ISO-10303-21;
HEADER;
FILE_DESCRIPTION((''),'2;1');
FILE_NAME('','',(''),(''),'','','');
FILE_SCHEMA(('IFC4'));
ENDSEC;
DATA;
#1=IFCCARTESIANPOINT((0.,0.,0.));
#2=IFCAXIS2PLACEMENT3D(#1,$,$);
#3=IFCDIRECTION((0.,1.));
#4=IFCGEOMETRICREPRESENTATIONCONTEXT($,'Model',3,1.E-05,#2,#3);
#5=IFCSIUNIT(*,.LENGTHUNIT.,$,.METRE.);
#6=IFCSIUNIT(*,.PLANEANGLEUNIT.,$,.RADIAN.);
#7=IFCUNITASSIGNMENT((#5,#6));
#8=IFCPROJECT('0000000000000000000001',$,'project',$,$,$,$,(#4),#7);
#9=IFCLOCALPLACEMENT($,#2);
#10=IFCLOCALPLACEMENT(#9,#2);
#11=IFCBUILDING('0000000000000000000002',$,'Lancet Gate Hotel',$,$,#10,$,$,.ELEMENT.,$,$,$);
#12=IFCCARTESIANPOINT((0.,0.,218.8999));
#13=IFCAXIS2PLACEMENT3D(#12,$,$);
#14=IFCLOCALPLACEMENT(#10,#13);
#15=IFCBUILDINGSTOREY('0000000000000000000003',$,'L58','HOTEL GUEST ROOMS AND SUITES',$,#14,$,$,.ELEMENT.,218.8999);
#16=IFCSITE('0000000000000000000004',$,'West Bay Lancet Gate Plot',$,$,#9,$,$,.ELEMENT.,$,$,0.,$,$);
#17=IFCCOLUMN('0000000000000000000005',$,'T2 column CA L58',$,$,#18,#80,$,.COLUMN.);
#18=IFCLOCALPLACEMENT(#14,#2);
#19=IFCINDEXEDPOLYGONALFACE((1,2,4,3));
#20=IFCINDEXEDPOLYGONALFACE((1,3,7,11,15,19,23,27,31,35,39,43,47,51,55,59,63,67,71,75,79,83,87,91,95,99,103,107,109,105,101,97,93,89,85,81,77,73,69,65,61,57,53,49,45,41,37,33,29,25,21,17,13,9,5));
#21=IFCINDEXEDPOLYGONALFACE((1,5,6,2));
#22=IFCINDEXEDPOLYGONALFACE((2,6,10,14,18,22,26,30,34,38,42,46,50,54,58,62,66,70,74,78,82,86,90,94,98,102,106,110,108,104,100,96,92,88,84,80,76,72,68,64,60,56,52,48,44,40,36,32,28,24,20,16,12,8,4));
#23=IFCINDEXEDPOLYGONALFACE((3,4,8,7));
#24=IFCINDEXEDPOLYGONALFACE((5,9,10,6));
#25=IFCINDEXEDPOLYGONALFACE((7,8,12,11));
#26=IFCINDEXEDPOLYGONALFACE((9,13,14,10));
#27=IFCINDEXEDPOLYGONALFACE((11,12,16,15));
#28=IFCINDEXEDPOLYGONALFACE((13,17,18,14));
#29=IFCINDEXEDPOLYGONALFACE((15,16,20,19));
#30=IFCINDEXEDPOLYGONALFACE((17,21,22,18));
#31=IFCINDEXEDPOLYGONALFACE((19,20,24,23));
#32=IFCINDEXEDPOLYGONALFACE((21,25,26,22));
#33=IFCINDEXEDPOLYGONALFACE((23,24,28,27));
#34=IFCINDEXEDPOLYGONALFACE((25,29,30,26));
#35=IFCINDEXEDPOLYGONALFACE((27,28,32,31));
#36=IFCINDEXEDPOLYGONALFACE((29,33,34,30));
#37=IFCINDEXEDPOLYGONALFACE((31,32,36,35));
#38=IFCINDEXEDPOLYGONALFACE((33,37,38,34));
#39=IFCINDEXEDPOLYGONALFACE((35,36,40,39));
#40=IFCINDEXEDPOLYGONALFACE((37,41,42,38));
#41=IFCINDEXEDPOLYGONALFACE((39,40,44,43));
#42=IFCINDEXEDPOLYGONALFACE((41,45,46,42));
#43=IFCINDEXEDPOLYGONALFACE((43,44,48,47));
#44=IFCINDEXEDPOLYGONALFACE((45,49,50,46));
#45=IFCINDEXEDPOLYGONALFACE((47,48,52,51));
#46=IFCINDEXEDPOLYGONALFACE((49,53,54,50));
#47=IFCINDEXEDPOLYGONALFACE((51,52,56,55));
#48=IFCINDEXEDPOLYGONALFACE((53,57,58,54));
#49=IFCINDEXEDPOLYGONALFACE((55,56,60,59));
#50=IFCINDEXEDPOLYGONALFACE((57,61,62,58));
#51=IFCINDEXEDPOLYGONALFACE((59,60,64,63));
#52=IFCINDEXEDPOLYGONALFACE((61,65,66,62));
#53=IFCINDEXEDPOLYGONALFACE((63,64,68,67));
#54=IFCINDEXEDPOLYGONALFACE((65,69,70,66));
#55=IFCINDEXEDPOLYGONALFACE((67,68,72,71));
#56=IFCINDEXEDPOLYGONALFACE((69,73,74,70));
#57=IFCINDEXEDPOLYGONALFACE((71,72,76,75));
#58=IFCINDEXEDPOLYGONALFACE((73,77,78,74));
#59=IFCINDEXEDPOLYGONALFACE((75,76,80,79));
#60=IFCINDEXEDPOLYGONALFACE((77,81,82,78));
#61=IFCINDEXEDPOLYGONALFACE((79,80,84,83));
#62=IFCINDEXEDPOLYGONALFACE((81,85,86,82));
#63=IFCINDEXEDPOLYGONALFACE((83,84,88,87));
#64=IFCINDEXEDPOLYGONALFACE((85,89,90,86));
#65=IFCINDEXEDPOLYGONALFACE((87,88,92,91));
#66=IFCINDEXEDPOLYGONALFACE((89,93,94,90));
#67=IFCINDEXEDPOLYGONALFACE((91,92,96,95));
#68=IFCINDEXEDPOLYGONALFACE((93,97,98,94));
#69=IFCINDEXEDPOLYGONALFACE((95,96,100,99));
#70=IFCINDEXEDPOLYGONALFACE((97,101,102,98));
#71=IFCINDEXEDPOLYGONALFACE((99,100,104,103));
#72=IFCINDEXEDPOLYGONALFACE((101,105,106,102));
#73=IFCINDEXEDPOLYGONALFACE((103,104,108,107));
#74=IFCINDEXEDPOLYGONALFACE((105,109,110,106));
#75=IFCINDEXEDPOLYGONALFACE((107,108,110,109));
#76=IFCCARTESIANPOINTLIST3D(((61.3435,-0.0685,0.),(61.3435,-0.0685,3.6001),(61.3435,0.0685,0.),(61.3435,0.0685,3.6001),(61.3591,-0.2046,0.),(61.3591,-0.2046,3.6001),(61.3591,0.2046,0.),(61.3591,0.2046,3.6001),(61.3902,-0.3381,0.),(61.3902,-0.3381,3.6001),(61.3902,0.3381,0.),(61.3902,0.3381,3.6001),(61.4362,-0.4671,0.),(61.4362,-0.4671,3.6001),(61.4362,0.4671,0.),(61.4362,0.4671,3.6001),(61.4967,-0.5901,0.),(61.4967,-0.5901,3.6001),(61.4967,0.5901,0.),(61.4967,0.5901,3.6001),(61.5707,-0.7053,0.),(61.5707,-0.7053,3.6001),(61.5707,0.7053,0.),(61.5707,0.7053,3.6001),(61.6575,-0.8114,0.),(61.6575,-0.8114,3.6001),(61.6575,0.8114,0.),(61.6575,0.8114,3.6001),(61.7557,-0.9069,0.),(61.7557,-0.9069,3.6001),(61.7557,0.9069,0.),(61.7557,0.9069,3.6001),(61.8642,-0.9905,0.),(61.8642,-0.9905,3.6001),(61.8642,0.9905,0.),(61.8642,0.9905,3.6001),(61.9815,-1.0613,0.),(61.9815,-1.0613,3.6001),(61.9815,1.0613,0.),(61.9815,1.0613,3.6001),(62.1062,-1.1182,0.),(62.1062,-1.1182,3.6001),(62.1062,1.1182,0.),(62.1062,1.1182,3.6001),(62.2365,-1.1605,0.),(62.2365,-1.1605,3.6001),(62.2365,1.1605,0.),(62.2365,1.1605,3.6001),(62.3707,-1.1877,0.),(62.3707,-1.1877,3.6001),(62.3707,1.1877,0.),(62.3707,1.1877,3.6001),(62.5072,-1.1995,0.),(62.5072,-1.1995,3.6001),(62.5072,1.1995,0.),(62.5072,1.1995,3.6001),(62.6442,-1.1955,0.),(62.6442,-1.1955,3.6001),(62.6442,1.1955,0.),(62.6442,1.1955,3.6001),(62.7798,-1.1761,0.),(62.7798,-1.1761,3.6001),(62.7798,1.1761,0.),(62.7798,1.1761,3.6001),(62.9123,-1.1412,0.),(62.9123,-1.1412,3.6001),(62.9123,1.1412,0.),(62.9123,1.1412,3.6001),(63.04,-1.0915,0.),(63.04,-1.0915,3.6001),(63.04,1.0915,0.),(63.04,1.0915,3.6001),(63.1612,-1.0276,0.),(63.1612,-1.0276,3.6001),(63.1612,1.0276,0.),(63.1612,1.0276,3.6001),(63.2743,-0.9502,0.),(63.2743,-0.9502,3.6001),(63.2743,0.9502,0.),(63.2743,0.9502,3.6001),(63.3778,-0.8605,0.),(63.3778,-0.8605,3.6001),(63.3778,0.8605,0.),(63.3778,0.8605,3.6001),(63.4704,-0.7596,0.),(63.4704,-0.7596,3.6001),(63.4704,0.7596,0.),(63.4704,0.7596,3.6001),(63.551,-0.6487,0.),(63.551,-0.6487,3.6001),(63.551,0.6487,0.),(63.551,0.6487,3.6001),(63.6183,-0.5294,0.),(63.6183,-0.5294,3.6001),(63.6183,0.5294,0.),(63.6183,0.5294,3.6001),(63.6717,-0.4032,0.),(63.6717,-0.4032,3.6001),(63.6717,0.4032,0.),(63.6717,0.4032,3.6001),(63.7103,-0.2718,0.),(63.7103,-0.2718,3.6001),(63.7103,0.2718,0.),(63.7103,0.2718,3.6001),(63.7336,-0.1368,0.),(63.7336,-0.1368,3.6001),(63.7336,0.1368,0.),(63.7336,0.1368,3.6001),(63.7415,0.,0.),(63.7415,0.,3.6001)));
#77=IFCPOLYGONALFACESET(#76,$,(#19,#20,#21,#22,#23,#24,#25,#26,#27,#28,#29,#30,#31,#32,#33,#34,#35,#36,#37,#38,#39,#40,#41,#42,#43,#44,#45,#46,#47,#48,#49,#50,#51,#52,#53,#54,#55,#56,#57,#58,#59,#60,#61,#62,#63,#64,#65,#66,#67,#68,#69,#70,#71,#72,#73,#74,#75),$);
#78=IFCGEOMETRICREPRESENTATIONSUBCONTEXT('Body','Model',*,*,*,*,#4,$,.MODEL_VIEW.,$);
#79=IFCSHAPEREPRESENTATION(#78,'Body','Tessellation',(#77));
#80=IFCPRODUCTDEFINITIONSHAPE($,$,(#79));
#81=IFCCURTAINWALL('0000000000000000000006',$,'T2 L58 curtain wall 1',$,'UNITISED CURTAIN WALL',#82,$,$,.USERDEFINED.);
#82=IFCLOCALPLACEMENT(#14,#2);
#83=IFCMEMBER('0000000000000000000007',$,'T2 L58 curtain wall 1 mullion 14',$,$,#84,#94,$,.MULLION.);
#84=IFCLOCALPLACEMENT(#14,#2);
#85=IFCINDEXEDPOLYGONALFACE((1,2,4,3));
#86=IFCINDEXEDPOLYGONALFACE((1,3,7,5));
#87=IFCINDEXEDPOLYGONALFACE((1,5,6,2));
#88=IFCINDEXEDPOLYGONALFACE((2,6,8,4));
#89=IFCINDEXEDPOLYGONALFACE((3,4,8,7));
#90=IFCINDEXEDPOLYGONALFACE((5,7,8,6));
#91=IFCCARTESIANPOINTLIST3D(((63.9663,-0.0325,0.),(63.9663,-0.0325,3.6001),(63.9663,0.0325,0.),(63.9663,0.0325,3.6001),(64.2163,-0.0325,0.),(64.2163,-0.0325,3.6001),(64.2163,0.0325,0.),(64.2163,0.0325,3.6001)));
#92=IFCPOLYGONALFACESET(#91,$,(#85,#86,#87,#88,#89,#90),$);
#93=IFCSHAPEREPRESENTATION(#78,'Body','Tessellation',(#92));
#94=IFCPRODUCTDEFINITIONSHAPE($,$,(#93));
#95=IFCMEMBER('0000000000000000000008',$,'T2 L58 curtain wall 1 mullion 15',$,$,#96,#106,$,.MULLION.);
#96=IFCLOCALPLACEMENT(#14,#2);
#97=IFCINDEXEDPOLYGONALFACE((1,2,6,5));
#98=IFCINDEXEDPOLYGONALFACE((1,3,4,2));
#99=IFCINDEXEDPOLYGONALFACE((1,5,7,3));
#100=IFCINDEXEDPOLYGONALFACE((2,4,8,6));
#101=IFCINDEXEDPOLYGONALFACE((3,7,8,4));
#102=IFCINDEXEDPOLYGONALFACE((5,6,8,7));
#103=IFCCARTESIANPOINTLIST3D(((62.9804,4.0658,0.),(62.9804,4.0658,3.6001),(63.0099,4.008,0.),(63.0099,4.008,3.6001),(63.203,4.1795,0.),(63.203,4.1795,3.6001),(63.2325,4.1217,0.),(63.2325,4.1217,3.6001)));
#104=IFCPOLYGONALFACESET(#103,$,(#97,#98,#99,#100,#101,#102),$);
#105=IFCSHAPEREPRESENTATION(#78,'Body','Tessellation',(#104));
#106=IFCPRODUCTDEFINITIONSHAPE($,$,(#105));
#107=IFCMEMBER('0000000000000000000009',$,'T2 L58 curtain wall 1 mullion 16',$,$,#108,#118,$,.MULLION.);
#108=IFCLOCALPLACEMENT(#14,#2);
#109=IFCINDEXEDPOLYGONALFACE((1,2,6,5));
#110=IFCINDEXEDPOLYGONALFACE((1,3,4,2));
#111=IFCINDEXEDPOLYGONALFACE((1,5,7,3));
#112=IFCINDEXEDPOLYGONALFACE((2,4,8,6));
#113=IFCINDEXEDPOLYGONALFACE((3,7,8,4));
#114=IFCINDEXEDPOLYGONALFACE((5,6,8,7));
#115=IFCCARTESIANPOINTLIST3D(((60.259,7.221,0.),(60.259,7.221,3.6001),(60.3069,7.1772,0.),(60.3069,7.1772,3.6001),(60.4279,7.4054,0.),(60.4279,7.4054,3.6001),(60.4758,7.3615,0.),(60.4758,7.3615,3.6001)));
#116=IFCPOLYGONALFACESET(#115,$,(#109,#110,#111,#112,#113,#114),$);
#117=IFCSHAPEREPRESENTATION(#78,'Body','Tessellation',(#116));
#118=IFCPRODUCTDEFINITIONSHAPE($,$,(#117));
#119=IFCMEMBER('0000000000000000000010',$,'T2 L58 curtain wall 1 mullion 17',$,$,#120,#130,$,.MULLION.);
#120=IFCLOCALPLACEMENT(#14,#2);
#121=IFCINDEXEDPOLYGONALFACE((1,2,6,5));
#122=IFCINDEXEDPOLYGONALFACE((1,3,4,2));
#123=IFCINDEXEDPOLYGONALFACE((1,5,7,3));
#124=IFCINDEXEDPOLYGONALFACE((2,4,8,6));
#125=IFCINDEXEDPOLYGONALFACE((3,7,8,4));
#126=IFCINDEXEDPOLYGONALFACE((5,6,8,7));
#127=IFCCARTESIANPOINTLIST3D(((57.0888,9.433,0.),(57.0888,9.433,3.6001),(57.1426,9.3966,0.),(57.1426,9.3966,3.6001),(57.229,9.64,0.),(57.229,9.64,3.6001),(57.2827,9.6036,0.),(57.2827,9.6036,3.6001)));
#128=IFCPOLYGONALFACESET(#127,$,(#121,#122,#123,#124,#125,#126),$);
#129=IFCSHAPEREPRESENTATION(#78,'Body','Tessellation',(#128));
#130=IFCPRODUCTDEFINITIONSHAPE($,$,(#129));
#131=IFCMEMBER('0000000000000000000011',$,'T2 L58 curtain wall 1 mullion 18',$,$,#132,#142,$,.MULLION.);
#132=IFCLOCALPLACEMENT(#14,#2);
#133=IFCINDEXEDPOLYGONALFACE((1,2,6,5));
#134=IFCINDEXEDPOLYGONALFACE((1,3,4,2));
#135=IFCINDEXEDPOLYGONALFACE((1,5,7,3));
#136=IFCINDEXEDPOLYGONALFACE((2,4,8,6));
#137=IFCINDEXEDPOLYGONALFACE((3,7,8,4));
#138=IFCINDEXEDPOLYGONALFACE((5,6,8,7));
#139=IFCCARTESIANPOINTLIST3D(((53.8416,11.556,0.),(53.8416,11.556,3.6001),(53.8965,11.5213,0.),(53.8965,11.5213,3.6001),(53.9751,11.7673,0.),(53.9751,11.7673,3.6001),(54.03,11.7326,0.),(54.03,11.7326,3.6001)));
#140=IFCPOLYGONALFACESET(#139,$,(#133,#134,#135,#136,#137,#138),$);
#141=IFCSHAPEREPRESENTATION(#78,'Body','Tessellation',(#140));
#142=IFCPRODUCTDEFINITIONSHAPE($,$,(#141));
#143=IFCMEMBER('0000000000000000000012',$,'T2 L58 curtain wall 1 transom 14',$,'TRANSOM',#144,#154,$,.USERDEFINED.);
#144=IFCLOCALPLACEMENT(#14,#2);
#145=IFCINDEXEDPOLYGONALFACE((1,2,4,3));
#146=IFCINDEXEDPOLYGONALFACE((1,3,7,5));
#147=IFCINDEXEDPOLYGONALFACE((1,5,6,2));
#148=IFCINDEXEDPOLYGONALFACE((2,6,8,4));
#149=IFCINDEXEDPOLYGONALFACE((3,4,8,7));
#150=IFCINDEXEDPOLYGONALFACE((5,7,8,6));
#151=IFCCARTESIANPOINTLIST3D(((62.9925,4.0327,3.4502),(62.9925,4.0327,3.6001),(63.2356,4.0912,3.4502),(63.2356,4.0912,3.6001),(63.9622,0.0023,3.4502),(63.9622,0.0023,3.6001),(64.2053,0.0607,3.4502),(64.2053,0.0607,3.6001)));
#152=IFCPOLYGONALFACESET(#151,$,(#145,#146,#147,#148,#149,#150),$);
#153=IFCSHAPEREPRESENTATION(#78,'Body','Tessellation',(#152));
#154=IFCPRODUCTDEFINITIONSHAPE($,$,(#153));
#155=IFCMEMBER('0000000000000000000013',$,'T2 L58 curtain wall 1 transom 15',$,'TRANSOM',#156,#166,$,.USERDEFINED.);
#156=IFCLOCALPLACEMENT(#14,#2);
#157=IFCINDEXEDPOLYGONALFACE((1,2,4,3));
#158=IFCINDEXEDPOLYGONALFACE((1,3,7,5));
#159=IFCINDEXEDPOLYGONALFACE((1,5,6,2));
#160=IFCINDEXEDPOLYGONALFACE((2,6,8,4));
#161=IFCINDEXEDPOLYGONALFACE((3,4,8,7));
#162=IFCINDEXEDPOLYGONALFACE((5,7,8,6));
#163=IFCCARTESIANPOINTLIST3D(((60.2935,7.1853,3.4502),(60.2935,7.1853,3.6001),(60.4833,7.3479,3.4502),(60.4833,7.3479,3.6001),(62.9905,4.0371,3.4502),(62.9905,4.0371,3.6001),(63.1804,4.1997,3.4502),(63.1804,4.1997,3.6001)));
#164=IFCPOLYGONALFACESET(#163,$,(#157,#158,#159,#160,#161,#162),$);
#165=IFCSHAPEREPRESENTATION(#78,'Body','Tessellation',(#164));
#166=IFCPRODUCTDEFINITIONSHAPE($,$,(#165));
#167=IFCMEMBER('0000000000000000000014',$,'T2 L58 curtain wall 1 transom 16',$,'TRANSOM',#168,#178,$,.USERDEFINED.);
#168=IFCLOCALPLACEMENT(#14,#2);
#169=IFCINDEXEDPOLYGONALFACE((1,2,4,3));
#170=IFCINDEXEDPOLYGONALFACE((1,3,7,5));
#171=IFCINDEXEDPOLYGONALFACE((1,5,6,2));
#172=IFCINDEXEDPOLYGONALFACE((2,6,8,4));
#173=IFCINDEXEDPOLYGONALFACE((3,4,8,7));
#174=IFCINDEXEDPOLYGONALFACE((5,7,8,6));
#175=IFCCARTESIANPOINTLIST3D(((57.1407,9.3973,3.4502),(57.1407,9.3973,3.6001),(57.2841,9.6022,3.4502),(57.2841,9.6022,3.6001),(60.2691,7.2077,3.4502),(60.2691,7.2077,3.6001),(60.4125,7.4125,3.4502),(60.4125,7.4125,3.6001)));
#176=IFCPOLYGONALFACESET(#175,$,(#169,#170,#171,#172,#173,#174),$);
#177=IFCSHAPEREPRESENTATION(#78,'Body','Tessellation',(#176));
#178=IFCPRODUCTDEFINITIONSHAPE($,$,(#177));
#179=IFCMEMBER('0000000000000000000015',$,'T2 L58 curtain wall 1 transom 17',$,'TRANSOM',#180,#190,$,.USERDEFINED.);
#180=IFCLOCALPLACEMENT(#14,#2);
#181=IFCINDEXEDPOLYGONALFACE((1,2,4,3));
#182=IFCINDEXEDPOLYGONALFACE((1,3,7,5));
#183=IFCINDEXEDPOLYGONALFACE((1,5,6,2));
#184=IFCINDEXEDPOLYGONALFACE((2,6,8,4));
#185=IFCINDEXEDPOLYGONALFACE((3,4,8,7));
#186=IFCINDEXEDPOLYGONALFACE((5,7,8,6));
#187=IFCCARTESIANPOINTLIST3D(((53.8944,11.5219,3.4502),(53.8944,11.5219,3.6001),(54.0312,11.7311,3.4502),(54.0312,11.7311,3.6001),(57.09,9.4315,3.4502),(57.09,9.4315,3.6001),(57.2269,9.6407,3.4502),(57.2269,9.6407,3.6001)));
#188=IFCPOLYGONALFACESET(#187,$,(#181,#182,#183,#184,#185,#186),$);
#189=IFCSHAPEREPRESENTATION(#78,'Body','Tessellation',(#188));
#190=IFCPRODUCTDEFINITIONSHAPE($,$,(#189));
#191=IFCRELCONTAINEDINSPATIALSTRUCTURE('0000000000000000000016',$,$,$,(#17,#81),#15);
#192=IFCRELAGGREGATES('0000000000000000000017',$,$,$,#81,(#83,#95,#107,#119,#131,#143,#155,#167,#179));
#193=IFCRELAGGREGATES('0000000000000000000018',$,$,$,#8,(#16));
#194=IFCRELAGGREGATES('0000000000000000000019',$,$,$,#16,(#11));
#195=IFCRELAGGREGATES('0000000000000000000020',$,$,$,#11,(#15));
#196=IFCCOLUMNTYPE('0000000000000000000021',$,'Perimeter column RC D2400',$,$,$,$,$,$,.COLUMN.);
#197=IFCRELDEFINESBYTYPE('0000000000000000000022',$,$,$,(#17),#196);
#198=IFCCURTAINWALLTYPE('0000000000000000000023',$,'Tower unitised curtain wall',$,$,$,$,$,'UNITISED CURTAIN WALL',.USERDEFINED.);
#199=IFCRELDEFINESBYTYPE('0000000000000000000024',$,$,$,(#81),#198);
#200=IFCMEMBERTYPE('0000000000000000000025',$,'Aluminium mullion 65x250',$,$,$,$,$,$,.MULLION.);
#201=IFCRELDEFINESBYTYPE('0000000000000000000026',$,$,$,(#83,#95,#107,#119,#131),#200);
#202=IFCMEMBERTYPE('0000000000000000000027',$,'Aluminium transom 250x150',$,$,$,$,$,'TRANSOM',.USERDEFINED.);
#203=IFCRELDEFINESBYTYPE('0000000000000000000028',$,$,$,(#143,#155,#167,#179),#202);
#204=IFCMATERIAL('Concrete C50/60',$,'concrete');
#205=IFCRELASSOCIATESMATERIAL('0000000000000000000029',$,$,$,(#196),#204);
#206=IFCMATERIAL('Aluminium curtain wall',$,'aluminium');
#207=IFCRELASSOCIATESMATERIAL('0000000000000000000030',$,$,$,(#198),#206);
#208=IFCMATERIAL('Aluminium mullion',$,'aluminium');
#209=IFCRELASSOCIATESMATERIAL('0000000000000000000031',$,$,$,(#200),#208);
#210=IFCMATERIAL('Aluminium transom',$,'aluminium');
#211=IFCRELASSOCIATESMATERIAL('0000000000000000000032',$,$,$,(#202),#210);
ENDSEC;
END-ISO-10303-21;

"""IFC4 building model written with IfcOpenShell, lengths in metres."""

from ifc_helpers import new_model, si_unit, direction, frame, origin, origin_2d, place, context, subcontext, project, spatial, rectangle, circle, extrude, material, material_profile, profile_set, type_object, element, aggregate, save


model = new_model("IFC4")

# Units and contexts
model_context = context("Model", 3, precision=1e-05, world=origin(), true_north=direction((0.0, 1.0)))
body_context = subcontext(model_context, "Body", "Model", "MODEL_VIEW")
ifc_project = project(units=[si_unit("LENGTHUNIT", "METRE"), si_unit("PLANEANGLEUNIT", "RADIAN")], contexts=[model_context])

# Site, building, storey
site_placement = place(None, origin())
site = spatial("IfcSite", under=ifc_project, at=site_placement, Name="West Bay Lancet Gate Plot", CompositionType="ELEMENT", RefElevation=0.0)
building_placement = place(site_placement, origin())
building = spatial("IfcBuilding", under=site, at=building_placement, Name="Lancet Gate Hotel", CompositionType="ELEMENT")
storey_placement = place(building_placement, frame((0.0, 0.0, 218.8999)))
storey = spatial("IfcBuildingStorey", under=building, at=storey_placement, Name="L58", Description="HOTEL GUEST ROOMS AND SUITES", CompositionType="ELEMENT", Elevation=218.8999)

# Column
ifc_material_1 = material(Name="Concrete C50/60", Category="concrete")
ifc_material_profile_1 = material_profile(ifc_material_1, circle(Radius=1.2, at=origin_2d()), Name="RC D2400")
ifc_profile_set_1 = profile_set([ifc_material_profile_1], Name="Concrete C50/60")
column_type = type_object("IfcColumnType", Name="Perimeter column RC D2400", PredefinedType="COLUMN", material=ifc_profile_set_1)
column_placement = place(storey_placement, frame((62.5415, 0.0, 0.0), z_axis=(0.0, 0.0, 1.0), x_axis=(1.0, 0.0, 0.0)))
element("IfcColumn", 1, at=column_placement, inside=storey, type_object=column_type, Name="T2 column CA L58", PredefinedType="COLUMN", context=body_context, shape_type="SweptSolid", body=[
    extrude(circle(Radius=1.2, at=origin_2d()), origin(), (0.0, 0.0, 1.0), 3.6001),
])

# Curtain wall, members
ifc_material_2 = material(Name="Aluminium curtain wall", Category="aluminium")
curtain_wall_type = type_object("IfcCurtainWallType", Name="Tower unitised curtain wall", ElementType="UNITISED CURTAIN WALL", PredefinedType="USERDEFINED", material=ifc_material_2)
curtain_wall_placement = place(storey_placement, origin())
curtain_wall = element("IfcCurtainWall", 2, at=curtain_wall_placement, inside=storey, type_object=curtain_wall_type, Name="T2 L58 curtain wall 1", ObjectType="UNITISED CURTAIN WALL", PredefinedType="USERDEFINED")
ifc_material_3 = material(Name="Aluminium mullion", Category="aluminium")
ifc_material_profile_2 = material_profile(ifc_material_3, rectangle(XDim=0.0649, YDim=0.25, at=origin_2d()), Name="MULLION 65x250")
ifc_profile_set_2 = profile_set([ifc_material_profile_2], Name="Aluminium mullion")
member_type_1 = type_object("IfcMemberType", Name="Aluminium mullion 65x250", PredefinedType="MULLION", material=ifc_profile_set_2)
member_1_placement = place(storey_placement, frame((64.0913, 0.0, 0.0), z_axis=(0.0, 0.0, 1.0), x_axis=(0.0, 1.0, 0.0)))
member_1 = element("IfcMember", 3, at=member_1_placement, type_object=member_type_1, Name="T2 L58 curtain wall 1 mullion 14", PredefinedType="MULLION", context=body_context, shape_type="SweptSolid", body=[
    extrude(rectangle(XDim=0.0649, YDim=0.25, at=origin_2d()), origin(), (0.0, 0.0, 1.0), 3.6001),
])
member_2_placement = place(storey_placement, frame((63.1064, 4.0938, 0.0), z_axis=(0.0, 0.0, 1.0), x_axis=(-0.454853, 0.890567, 0.0)))
member_2 = element("IfcMember", 4, at=member_2_placement, type_object=member_type_1, Name="T2 L58 curtain wall 1 mullion 15", PredefinedType="MULLION", context=body_context, shape_type="SweptSolid", body=[
    extrude(rectangle(XDim=0.0649, YDim=0.25, at=origin_2d()), origin(), (0.0, 0.0, 1.0), 3.6001),
])
member_3_placement = place(storey_placement, frame((60.3674, 7.2913, 0.0), z_axis=(0.0, 0.0, 1.0), x_axis=(-0.737323, 0.67554, 0.0)))
member_3 = element("IfcMember", 5, at=member_3_placement, type_object=member_type_1, Name="T2 L58 curtain wall 1 mullion 16", PredefinedType="MULLION", context=body_context, shape_type="SweptSolid", body=[
    extrude(rectangle(XDim=0.0649, YDim=0.25, at=origin_2d()), origin(), (0.0, 0.0, 1.0), 3.6001),
])
member_4_placement = place(storey_placement, frame((57.1858, 9.5183, 0.0), z_axis=(0.0, 0.0, 1.0), x_axis=(-0.828155, 0.5605, 0.0)))
member_4 = element("IfcMember", 6, at=member_4_placement, type_object=member_type_1, Name="T2 L58 curtain wall 1 mullion 17", PredefinedType="MULLION", context=body_context, shape_type="SweptSolid", body=[
    extrude(rectangle(XDim=0.0649, YDim=0.25, at=origin_2d()), origin(), (0.0, 0.0, 1.0), 3.6001),
])
member_5_placement = place(storey_placement, frame((53.9358, 11.6443, 0.0), z_axis=(0.0, 0.0, 1.0), x_axis=(-0.84534, 0.534229, 0.0)))
member_5 = element("IfcMember", 7, at=member_5_placement, type_object=member_type_1, Name="T2 L58 curtain wall 1 mullion 18", PredefinedType="MULLION", context=body_context, shape_type="SweptSolid", body=[
    extrude(rectangle(XDim=0.0649, YDim=0.25, at=origin_2d()), origin(), (0.0, 0.0, 1.0), 3.6001),
])
ifc_material_4 = material(Name="Aluminium transom", Category="aluminium")
ifc_material_profile_3 = material_profile(ifc_material_4, rectangle(XDim=0.25, YDim=0.1499, at=origin_2d()), Name="TRANSOM 250x150")
ifc_profile_set_3 = profile_set([ifc_material_profile_3], Name="Aluminium transom")
member_type_2 = type_object("IfcMemberType", Name="Aluminium transom 250x150", ElementType="TRANSOM", PredefinedType="USERDEFINED", material=ifc_profile_set_3)
member_6_placement = place(storey_placement, frame((64.0837, 0.0315, 3.5251), z_axis=(-0.233921, 0.972256, 0.0), x_axis=(-0.972256, -0.233921, 0.0)))
member_6 = element("IfcMember", 8, at=member_6_placement, type_object=member_type_2, Name="T2 L58 curtain wall 1 transom 14", ObjectType="TRANSOM", PredefinedType="USERDEFINED", context=body_context, shape_type="SweptSolid", body=[
    extrude(rectangle(XDim=0.25, YDim=0.1499, at=origin_2d()), origin(), (0.0, 0.0, 1.0), 4.1455),
])
member_7_placement = place(storey_placement, frame((63.0854, 4.1184, 3.5251), z_axis=(-0.650593, 0.759427, 0.0), x_axis=(-0.759427, -0.650593, 0.0)))
member_7 = element("IfcMember", 9, at=member_7_placement, type_object=member_type_2, Name="T2 L58 curtain wall 1 transom 15", ObjectType="TRANSOM", PredefinedType="USERDEFINED", context=body_context, shape_type="SweptSolid", body=[
    extrude(rectangle(XDim=0.25, YDim=0.1499, at=origin_2d()), origin(), (0.0, 0.0, 1.0), 4.1455),
])
member_8_placement = place(storey_placement, frame((60.3408, 7.3101, 3.5251), z_axis=(-0.819256, 0.573428, 0.0), x_axis=(-0.573428, -0.819256, 0.0)))
member_8 = element("IfcMember", 10, at=member_8_placement, type_object=member_type_2, Name="T2 L58 curtain wall 1 transom 16", ObjectType="TRANSOM", PredefinedType="USERDEFINED", context=body_context, shape_type="SweptSolid", body=[
    extrude(rectangle(XDim=0.25, YDim=0.1499, at=origin_2d()), origin(), (0.0, 0.0, 1.0), 3.8186),
])
member_9_placement = place(storey_placement, frame((57.1584, 9.5361, 3.5251), z_axis=(-0.836858, 0.54742, 0.0), x_axis=(-0.54742, -0.836858, 0.0)))
member_9 = element("IfcMember", 11, at=member_9_placement, type_object=member_type_2, Name="T2 L58 curtain wall 1 transom 17", ObjectType="TRANSOM", PredefinedType="USERDEFINED", context=body_context, shape_type="SweptSolid", body=[
    extrude(rectangle(XDim=0.25, YDim=0.1499, at=origin_2d()), origin(), (0.0, 0.0, 1.0), 3.8186),
])

aggregate(curtain_wall, [member_1, member_2, member_3, member_4, member_5, member_6, member_7, member_8, member_9])

save(model, "model.ifc")
